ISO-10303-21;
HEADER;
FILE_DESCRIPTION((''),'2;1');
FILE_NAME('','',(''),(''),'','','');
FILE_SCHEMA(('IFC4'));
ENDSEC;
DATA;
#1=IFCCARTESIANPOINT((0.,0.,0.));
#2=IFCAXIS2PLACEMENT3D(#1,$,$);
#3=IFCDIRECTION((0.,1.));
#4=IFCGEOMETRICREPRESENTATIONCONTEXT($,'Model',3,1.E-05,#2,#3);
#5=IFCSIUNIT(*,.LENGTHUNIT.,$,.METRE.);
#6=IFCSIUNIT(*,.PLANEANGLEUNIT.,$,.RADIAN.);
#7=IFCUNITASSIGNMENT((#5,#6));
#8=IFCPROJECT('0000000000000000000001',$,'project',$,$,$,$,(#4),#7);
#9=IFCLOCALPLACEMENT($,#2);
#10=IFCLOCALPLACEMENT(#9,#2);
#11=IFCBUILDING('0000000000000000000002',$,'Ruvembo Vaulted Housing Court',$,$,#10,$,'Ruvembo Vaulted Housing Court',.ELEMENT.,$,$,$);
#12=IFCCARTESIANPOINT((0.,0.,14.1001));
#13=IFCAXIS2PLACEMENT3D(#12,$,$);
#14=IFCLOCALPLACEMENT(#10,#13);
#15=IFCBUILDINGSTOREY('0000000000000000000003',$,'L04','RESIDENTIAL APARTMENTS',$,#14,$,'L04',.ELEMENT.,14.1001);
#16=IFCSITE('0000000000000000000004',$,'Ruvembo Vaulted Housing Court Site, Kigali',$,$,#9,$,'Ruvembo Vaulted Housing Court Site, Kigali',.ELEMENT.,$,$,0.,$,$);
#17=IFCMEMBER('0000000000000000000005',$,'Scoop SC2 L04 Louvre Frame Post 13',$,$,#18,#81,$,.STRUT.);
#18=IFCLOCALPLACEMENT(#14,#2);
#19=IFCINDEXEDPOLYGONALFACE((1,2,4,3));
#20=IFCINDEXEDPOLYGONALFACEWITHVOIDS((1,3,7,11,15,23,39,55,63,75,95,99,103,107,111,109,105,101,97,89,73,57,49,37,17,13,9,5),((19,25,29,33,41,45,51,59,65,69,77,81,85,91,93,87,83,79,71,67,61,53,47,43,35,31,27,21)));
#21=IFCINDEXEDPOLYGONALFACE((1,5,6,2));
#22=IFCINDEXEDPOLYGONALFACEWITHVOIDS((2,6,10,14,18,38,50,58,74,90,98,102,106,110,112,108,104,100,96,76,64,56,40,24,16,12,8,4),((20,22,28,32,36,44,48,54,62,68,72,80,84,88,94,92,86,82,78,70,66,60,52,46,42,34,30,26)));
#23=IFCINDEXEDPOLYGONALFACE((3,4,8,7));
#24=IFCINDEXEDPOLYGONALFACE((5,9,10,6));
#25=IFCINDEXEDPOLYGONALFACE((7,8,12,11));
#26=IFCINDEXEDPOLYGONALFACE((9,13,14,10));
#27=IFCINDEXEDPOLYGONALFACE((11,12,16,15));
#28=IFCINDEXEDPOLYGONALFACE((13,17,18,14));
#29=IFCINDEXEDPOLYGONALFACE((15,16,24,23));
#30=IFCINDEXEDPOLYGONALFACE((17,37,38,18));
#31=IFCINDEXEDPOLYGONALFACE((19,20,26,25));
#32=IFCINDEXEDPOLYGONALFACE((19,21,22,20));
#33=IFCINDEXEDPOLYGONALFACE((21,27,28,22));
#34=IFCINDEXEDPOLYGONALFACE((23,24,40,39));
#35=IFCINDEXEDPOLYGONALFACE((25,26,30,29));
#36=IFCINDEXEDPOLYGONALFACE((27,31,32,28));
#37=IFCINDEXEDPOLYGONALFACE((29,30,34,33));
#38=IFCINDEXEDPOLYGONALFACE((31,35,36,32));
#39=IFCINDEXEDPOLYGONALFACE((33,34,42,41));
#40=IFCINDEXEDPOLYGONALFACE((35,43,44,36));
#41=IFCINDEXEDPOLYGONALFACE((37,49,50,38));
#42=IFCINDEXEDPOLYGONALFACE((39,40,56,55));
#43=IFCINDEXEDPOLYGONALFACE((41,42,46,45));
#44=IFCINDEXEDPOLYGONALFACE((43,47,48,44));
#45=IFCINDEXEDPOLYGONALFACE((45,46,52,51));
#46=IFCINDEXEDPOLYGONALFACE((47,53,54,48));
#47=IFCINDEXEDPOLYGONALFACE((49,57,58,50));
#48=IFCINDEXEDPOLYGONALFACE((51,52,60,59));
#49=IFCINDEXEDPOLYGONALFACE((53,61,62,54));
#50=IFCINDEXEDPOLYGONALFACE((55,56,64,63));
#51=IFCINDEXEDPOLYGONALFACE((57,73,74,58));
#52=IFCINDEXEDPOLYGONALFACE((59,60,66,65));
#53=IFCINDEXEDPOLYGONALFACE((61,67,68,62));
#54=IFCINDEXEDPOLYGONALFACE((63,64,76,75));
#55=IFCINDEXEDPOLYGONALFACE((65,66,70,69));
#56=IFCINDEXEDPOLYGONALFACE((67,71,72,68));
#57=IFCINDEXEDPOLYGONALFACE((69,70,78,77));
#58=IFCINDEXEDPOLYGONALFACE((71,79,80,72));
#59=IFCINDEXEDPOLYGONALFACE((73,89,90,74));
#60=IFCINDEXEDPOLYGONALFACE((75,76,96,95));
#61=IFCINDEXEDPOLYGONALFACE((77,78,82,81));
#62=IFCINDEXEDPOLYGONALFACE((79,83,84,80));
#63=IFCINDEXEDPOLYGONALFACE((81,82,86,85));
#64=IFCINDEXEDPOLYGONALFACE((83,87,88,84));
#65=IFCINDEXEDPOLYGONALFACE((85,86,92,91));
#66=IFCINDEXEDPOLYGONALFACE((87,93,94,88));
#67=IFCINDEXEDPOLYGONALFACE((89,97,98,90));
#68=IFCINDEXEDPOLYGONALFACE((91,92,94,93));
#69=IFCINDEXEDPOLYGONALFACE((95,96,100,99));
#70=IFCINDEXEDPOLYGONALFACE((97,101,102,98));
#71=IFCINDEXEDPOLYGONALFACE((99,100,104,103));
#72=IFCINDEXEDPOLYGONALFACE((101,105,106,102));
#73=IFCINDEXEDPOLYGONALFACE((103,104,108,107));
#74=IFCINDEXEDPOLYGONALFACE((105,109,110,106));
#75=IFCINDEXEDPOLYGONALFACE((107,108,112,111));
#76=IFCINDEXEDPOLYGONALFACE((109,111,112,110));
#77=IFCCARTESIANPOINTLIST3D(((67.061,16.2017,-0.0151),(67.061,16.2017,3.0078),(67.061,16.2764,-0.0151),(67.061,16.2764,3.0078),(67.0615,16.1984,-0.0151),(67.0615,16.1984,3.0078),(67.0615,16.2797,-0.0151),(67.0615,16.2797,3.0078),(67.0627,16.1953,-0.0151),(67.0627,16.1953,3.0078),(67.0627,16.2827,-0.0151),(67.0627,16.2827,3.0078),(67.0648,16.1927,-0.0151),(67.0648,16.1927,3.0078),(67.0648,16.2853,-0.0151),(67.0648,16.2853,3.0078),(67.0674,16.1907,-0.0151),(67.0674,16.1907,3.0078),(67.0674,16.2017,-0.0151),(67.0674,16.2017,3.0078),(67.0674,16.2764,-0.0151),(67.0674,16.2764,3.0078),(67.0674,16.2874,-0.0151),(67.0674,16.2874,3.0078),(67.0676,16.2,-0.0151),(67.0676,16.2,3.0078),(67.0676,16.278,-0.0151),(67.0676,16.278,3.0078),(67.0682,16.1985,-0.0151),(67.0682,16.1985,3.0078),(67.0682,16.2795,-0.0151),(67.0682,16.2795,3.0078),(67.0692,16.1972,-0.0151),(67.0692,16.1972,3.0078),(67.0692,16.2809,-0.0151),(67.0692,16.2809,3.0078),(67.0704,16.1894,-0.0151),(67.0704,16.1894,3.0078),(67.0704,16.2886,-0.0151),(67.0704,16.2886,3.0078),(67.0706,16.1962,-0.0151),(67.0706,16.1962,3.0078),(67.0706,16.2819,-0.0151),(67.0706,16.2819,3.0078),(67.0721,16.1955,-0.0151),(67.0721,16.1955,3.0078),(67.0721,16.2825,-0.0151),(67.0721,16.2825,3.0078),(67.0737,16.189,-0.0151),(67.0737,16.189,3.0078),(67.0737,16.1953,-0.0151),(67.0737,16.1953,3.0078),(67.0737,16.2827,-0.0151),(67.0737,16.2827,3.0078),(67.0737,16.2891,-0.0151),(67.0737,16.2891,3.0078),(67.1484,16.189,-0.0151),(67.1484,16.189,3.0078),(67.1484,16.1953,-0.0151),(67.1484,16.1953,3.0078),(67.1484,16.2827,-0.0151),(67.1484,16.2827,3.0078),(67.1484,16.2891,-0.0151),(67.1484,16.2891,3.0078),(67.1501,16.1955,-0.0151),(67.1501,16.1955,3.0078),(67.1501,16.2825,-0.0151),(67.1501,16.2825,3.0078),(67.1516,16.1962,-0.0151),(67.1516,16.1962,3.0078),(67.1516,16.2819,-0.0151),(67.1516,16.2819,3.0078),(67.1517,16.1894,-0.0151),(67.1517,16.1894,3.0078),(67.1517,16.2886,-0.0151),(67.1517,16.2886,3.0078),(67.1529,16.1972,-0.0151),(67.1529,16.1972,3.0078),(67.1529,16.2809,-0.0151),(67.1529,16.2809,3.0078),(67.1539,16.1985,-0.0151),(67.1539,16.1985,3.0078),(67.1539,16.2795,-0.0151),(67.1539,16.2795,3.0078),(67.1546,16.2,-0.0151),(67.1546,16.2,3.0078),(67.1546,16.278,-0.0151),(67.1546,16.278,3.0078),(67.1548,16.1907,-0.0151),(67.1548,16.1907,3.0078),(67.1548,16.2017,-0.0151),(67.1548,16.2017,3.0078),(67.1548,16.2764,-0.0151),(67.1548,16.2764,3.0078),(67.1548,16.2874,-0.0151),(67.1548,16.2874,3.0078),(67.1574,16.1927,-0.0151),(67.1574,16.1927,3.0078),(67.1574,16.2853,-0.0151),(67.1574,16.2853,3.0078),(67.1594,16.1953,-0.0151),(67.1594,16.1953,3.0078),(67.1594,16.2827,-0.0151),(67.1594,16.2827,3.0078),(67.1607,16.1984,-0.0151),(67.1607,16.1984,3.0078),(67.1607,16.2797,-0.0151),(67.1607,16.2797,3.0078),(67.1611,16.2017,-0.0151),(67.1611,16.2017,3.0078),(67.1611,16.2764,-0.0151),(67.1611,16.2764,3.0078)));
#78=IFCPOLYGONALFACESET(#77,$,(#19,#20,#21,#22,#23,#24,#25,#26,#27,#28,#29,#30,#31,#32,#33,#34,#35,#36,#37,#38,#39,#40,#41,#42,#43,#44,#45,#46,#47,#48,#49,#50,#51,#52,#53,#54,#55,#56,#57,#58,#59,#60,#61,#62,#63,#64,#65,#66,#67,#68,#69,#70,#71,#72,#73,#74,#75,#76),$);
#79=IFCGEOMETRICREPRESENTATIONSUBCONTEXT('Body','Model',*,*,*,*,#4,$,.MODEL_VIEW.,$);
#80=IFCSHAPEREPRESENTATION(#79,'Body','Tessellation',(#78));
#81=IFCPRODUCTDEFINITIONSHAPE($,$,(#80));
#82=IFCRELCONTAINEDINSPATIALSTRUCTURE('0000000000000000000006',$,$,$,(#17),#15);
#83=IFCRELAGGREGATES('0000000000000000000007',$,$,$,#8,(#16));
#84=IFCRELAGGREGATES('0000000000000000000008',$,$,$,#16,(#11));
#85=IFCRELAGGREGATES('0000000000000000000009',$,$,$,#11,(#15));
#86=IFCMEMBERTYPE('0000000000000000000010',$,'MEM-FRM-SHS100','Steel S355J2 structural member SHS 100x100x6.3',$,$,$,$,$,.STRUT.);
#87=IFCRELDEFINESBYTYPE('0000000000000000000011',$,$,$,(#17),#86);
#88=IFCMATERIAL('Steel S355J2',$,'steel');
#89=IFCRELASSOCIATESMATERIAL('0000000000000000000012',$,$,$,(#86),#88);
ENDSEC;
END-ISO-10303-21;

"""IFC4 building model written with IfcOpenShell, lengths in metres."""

from ifc_helpers import new_model, si_unit, direction, frame, origin, origin_2d, place, context, subcontext, project, spatial, hollow_rectangle, extrude, material, material_profile, profile_set, type_object, element, save


model = new_model("IFC4")

# Units and contexts
model_context = context("Model", 3, precision=1e-05, world=origin(), true_north=direction((0.0, 1.0)))
body_context = subcontext(model_context, "Body", "Model", "MODEL_VIEW")
ifc_project = project(units=[si_unit("LENGTHUNIT", "METRE"), si_unit("PLANEANGLEUNIT", "RADIAN")], contexts=[model_context])

# Site, building, storey
site_placement = place(None, origin())
site = spatial("IfcSite", under=ifc_project, at=site_placement, Name="Ruvembo Vaulted Housing Court Site, Kigali", LongName="Ruvembo Vaulted Housing Court Site, Kigali", CompositionType="ELEMENT", RefElevation=0.0)
building_placement = place(site_placement, origin())
building = spatial("IfcBuilding", under=site, at=building_placement, Name="Ruvembo Vaulted Housing Court", LongName="Ruvembo Vaulted Housing Court", CompositionType="ELEMENT")
storey_placement = place(building_placement, frame((0.0, 0.0, 14.1001)))
storey = spatial("IfcBuildingStorey", under=building, at=storey_placement, Name="L04", Description="RESIDENTIAL APARTMENTS", LongName="L04", CompositionType="ELEMENT", Elevation=14.1001)

# Shared definitions
ifc_material_1 = material(Name="Steel S355J2", Category="steel")

# Member
ifc_material_profile_1 = material_profile(ifc_material_1, hollow_rectangle(XDim=0.1001, YDim=0.1001, WallThickness=0.0063, InnerFilletRadius=0.0063, OuterFilletRadius=0.0127, at=origin_2d()), Name="SHS 100x100x6.3")
ifc_profile_set_1 = profile_set([ifc_material_profile_1], Name="Steel S355J2")
member_type_1 = type_object("IfcMemberType", Name="MEM-FRM-SHS100", Description="Steel S355J2 structural member SHS 100x100x6.3", PredefinedType="STRUT", material=ifc_profile_set_1)
for number, where, z_axis, x_axis, name in (
    (1, (67.1111, 16.239, -0.0151), (0.0, 0.0, 1.0), (1.0, 0.0, 0.0), "Scoop SC2 L04 Louvre Frame Post 13"),
):
    element("IfcMember", number, at=place(storey_placement, frame(where, z_axis=z_axis, x_axis=x_axis)), inside=storey, type_object=member_type_1, Name=name, PredefinedType="STRUT", context=body_context, shape_type="SweptSolid", body=[
        extrude(hollow_rectangle(XDim=0.1001, YDim=0.1001, WallThickness=0.0063, InnerFilletRadius=0.0063, OuterFilletRadius=0.0127, at=origin_2d()), origin(), (0.0, 0.0, 1.0), 3.0229),
    ])

save(model, "model.ifc")
